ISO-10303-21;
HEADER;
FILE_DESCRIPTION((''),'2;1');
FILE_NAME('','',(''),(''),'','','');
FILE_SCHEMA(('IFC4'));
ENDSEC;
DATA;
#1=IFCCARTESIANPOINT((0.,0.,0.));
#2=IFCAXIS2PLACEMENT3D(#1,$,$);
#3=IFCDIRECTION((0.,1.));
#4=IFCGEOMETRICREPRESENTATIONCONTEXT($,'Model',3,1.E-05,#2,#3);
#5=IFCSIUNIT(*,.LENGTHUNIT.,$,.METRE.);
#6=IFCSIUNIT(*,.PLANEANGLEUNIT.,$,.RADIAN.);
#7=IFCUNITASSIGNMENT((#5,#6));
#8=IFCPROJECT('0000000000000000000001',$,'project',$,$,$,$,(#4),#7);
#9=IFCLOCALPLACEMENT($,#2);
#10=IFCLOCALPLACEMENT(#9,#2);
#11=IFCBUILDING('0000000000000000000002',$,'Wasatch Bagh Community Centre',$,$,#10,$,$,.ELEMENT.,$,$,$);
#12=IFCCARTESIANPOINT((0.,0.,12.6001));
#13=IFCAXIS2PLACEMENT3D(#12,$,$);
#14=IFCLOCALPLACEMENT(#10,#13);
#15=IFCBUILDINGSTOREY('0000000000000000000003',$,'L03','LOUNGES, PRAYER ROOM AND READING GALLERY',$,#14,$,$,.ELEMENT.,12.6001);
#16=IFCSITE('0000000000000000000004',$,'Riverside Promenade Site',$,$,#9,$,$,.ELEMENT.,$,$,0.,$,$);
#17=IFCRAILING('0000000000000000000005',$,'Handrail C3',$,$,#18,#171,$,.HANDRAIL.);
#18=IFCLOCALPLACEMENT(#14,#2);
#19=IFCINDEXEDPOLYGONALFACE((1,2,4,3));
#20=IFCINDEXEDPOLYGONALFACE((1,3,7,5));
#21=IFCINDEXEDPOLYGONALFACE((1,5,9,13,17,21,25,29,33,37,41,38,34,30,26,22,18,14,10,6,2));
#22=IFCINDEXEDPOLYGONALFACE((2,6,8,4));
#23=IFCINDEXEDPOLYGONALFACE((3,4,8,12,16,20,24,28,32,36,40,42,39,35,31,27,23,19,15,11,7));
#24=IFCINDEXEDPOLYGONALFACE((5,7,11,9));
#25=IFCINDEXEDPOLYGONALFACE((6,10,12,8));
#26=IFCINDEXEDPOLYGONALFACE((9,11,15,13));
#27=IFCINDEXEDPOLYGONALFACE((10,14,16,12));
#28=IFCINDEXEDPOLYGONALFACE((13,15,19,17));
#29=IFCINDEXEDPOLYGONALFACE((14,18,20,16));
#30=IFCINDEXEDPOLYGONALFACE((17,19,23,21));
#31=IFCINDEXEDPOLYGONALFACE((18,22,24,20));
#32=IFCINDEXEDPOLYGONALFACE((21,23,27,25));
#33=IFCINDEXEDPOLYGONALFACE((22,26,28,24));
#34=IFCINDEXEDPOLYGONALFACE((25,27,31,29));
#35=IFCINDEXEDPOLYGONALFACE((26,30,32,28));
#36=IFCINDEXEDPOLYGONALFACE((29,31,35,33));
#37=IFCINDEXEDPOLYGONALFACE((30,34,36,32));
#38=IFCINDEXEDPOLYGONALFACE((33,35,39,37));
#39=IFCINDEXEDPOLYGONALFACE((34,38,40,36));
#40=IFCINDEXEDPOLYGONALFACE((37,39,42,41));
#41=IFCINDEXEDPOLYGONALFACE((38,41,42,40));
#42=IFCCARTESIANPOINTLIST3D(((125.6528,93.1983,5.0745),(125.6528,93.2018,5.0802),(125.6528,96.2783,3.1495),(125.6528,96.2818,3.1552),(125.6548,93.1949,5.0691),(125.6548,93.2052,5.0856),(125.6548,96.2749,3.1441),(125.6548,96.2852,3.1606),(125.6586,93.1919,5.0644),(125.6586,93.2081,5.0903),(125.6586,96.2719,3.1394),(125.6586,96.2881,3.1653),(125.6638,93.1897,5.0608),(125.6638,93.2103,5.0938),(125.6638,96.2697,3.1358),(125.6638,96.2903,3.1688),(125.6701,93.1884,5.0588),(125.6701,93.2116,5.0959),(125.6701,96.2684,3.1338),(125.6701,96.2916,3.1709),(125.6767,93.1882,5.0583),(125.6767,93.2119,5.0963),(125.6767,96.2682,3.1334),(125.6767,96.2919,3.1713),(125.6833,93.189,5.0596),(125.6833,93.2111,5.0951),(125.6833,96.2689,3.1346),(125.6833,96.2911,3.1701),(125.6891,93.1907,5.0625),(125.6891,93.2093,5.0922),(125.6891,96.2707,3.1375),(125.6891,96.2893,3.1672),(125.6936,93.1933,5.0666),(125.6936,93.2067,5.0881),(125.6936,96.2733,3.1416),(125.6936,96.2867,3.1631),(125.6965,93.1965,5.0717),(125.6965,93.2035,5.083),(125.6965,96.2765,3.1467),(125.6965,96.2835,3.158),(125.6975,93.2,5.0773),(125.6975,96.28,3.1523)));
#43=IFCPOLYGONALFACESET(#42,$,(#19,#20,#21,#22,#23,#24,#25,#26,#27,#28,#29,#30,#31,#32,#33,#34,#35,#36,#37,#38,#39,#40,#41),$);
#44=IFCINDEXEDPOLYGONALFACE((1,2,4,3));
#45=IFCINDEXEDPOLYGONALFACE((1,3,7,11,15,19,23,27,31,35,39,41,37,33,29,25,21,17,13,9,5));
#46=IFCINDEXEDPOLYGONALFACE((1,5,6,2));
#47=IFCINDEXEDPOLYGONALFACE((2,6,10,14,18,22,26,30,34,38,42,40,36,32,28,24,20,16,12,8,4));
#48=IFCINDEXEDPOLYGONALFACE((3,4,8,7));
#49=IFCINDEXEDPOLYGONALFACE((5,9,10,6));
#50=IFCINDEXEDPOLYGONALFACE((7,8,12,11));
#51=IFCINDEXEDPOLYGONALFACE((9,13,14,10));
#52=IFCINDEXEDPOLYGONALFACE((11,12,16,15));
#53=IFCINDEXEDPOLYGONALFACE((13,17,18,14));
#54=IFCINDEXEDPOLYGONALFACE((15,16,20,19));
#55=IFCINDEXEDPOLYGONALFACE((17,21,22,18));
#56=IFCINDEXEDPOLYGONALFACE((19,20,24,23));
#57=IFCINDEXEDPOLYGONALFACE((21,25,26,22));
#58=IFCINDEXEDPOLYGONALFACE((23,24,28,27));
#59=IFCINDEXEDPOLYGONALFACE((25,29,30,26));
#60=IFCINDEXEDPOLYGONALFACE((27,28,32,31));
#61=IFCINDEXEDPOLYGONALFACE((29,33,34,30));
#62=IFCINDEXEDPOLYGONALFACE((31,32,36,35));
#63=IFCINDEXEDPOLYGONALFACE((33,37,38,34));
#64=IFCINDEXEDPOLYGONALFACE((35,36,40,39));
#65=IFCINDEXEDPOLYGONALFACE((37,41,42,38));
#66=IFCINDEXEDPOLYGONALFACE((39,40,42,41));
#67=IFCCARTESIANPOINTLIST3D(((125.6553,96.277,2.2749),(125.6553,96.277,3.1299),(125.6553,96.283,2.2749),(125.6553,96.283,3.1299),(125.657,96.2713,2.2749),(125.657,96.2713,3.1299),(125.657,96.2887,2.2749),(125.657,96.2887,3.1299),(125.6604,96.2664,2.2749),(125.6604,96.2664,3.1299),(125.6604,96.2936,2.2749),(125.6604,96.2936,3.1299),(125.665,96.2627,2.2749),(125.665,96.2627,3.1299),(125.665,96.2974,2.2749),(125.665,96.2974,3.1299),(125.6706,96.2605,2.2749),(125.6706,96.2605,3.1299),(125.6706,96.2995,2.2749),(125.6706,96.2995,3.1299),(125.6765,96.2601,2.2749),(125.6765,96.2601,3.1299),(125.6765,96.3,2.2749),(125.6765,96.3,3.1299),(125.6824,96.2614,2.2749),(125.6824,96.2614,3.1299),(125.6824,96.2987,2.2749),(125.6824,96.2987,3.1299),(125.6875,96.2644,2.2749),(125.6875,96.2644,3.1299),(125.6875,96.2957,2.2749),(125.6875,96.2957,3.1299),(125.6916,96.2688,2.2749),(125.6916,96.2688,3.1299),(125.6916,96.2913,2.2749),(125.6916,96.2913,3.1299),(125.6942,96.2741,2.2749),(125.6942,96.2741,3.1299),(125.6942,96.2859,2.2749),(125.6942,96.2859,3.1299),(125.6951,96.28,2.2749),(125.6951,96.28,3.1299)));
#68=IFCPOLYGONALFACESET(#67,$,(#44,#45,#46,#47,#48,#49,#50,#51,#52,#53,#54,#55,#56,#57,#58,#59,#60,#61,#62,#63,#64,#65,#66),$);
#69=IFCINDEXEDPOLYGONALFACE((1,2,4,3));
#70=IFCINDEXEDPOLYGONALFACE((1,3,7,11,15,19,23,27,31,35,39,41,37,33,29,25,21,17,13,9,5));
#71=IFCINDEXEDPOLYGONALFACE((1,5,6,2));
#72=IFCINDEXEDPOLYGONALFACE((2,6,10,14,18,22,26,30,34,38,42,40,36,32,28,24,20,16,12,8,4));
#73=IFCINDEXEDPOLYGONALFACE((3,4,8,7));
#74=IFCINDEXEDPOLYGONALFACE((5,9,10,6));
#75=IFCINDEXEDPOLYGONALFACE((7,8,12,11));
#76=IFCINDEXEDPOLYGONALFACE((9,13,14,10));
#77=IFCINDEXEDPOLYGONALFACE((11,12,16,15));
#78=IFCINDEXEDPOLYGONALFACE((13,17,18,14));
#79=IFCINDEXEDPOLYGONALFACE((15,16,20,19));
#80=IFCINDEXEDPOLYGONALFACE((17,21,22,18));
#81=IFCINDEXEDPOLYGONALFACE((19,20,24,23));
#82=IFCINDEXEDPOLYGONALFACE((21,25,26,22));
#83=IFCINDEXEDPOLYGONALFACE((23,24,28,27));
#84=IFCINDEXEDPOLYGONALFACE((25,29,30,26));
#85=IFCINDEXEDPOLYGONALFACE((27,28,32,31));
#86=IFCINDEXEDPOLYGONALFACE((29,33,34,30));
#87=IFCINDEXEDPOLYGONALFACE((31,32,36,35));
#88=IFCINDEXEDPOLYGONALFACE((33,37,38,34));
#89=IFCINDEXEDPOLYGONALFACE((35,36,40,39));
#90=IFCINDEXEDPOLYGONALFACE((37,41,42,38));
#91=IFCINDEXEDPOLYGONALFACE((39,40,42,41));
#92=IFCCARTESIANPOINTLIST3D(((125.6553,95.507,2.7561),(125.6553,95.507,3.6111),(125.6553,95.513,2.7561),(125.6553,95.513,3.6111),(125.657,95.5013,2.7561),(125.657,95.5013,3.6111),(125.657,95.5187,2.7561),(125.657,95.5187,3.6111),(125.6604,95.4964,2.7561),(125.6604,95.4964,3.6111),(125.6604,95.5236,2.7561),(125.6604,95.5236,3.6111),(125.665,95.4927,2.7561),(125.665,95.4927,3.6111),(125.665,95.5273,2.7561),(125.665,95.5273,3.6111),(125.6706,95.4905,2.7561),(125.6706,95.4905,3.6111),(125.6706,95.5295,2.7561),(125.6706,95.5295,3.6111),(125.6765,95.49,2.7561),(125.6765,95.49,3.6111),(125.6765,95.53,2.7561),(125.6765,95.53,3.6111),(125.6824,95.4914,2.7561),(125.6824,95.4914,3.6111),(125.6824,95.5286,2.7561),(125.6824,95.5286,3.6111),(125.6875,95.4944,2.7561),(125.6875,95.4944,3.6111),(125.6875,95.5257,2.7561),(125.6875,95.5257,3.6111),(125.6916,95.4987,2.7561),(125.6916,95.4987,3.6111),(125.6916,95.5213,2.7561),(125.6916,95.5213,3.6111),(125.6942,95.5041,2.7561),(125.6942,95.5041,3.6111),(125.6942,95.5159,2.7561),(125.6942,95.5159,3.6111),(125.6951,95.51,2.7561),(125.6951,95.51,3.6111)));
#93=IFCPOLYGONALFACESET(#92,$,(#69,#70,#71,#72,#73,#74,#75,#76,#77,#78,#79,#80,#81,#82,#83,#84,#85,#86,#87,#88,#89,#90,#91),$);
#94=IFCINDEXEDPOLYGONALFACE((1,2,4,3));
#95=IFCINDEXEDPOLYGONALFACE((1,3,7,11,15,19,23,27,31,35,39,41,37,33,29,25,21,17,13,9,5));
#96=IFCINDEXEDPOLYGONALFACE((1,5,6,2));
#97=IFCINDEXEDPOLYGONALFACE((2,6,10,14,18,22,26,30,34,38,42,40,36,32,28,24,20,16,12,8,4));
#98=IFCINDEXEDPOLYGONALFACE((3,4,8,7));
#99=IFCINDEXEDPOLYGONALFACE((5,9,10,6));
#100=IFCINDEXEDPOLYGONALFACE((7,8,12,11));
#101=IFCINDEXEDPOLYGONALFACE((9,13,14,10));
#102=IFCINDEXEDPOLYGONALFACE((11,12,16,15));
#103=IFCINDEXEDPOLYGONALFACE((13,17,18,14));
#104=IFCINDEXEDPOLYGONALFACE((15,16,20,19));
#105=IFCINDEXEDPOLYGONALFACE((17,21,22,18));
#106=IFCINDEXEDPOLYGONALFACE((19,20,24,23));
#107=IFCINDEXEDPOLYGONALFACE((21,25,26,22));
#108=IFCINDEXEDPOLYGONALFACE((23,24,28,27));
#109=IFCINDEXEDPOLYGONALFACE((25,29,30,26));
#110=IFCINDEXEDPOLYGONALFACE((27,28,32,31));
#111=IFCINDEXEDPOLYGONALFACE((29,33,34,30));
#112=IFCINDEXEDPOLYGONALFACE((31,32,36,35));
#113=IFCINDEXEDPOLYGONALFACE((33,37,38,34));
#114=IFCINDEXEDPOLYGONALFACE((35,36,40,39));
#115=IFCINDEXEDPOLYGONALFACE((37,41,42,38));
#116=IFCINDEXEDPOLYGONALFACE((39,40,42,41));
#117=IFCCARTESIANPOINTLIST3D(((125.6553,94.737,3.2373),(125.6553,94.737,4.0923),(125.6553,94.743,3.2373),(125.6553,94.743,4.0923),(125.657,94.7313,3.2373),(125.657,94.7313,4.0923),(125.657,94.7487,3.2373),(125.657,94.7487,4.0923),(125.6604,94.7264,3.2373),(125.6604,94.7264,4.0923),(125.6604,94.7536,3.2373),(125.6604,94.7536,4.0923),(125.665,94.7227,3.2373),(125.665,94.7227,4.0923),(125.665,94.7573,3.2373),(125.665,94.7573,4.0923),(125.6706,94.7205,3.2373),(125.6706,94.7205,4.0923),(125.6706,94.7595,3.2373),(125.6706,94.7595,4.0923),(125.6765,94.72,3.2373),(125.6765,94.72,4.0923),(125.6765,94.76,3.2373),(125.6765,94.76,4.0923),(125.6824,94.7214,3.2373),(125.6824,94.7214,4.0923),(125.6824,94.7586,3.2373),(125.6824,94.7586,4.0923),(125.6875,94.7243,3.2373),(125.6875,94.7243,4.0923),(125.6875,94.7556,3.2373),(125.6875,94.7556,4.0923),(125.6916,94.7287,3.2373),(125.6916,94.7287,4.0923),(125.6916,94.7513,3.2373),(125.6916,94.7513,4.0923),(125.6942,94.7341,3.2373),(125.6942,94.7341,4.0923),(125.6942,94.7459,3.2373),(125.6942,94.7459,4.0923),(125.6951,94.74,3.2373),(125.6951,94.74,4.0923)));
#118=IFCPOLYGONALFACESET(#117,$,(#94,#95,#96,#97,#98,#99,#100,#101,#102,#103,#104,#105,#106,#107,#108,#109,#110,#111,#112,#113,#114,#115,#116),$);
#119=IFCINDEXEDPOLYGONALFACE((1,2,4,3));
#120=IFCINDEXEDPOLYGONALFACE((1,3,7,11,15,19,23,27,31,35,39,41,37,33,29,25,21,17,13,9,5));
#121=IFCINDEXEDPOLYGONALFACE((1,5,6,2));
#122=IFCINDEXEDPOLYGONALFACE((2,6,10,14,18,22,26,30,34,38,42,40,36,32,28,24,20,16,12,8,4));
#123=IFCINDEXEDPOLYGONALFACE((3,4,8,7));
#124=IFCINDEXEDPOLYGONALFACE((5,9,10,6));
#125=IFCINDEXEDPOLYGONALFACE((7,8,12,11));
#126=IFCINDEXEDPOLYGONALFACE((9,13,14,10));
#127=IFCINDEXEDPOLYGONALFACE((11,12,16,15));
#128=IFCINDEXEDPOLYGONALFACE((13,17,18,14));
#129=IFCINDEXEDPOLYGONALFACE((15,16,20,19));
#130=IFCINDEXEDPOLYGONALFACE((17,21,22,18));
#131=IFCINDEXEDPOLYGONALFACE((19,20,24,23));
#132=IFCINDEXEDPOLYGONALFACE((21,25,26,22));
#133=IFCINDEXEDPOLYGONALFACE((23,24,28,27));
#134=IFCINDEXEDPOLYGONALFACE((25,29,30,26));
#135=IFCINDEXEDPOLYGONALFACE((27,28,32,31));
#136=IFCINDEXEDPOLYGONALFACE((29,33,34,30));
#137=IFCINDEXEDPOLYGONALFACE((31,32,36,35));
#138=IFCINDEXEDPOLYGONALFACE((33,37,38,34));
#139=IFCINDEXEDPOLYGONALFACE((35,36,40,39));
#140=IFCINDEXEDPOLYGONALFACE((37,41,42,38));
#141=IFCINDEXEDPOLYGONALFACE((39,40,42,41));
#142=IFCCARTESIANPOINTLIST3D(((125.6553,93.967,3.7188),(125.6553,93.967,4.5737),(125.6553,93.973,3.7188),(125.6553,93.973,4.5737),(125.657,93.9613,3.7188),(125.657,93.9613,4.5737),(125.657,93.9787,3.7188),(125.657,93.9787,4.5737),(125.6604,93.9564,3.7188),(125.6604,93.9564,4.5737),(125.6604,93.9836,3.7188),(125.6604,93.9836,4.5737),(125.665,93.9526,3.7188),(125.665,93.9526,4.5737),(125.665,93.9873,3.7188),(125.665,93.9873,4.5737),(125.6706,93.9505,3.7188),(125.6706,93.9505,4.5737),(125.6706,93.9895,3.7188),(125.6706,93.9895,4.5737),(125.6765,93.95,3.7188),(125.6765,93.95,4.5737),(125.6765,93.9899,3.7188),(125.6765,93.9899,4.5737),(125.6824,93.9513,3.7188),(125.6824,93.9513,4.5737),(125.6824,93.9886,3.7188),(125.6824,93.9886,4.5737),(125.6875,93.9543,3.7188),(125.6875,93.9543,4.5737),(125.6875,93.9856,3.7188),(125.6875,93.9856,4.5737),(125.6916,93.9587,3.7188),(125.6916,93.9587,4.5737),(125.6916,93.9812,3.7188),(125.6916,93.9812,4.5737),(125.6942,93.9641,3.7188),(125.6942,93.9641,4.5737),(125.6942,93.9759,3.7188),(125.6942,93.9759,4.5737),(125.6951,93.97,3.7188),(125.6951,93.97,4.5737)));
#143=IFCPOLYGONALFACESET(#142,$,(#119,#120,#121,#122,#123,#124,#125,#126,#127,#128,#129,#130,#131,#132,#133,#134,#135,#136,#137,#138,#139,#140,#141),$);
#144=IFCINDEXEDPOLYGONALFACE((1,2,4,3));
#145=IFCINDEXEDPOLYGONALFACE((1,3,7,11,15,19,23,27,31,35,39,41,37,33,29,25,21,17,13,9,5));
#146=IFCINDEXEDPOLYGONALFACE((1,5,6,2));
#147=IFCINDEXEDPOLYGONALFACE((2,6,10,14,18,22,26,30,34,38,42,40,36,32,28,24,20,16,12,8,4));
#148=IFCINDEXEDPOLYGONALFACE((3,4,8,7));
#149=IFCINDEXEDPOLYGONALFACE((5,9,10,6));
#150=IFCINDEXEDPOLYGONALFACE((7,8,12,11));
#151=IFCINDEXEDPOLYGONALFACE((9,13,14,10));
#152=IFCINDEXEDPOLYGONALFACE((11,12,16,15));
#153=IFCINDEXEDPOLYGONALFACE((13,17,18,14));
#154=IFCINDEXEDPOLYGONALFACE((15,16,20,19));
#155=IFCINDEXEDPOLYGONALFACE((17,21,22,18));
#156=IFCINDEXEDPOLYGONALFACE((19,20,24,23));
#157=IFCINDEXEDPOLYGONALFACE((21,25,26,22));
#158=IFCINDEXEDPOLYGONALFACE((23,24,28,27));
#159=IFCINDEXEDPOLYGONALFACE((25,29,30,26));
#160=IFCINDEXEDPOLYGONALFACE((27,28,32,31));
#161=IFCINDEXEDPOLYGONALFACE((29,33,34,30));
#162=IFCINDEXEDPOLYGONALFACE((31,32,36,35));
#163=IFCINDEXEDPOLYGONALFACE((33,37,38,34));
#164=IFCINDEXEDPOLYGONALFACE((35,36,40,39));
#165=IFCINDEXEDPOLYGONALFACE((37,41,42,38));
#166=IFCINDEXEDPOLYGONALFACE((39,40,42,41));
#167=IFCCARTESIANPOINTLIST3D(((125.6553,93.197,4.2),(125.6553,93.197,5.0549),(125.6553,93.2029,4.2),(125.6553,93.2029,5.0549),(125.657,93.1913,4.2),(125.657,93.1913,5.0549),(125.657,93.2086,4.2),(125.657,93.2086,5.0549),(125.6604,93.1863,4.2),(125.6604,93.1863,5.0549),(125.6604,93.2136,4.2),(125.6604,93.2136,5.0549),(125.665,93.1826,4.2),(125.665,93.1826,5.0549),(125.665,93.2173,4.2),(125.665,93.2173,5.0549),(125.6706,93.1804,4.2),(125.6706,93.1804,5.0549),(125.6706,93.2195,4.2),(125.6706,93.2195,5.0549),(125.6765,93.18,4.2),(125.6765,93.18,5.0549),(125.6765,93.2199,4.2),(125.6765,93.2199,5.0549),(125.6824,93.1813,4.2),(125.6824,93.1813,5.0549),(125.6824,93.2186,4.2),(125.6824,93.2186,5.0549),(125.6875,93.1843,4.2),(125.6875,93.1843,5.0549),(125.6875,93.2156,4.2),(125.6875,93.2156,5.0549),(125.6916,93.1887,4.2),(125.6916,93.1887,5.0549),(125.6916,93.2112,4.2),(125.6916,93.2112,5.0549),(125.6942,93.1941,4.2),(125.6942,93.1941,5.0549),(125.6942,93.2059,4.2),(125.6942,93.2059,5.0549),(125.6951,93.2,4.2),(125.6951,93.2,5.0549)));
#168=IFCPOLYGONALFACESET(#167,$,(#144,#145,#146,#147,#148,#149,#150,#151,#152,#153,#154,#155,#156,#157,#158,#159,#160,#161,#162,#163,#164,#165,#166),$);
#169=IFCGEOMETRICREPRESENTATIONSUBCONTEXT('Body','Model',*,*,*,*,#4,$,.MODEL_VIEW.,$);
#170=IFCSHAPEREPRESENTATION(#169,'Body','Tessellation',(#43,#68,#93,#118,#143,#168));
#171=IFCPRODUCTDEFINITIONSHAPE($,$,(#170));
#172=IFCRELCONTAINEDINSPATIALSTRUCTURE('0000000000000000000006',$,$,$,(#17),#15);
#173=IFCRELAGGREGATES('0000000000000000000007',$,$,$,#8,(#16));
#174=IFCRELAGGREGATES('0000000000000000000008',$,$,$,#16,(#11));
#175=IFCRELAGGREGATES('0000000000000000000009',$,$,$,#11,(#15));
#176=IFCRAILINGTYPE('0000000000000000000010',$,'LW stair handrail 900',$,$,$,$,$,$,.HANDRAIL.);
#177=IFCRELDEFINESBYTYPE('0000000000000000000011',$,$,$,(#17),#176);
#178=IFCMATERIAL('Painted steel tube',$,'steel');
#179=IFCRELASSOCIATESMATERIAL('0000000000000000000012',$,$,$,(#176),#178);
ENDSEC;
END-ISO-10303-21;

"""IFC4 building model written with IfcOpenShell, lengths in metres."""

from ifc_helpers import new_model, si_unit, direction, frame, origin, origin_2d, place, context, subcontext, project, spatial, circle, extrude, material, type_object, element, save


model = new_model("IFC4")

# Units and contexts
model_context = context("Model", 3, precision=1e-05, world=origin(), true_north=direction((0.0, 1.0)))
body_context = subcontext(model_context, "Body", "Model", "MODEL_VIEW")
ifc_project = project(units=[si_unit("LENGTHUNIT", "METRE"), si_unit("PLANEANGLEUNIT", "RADIAN")], contexts=[model_context])

# Site, building, storey
site_placement = place(None, origin())
site = spatial("IfcSite", under=ifc_project, at=site_placement, Name="Riverside Promenade Site", CompositionType="ELEMENT", RefElevation=0.0)
building_placement = place(site_placement, origin())
building = spatial("IfcBuilding", under=site, at=building_placement, Name="Wasatch Bagh Community Centre", CompositionType="ELEMENT")
storey_placement = place(building_placement, frame((0.0, 0.0, 12.6001)))
storey = spatial("IfcBuildingStorey", under=building, at=storey_placement, Name="L03", Description="LOUNGES, PRAYER ROOM AND READING GALLERY", CompositionType="ELEMENT", Elevation=12.6001)

# Railing
ifc_material_1 = material(Name="Painted steel tube", Category="steel")
railing_type_1 = type_object("IfcRailingType", Name="LW stair handrail 900", PredefinedType="HANDRAIL", material=ifc_material_1)
for number, where, name in (
    (1, (125.675, 96.28, 2.2749), "Handrail C3"),
):
    element("IfcRailing", number, at=place(storey_placement, frame(where)), inside=storey, type_object=railing_type_1, Name=name, PredefinedType="HANDRAIL", context=body_context, shape_type="SweptSolid", body=[
        extrude(circle(Radius=0.0225, at=origin_2d()), frame((0.0, 0.0, 0.8774), z_axis=(0.0, -0.847998, 0.529999), x_axis=(1.0, 0.0, 0.0)), (0.0, 0.0, 1.0), 3.6321),
        extrude(circle(Radius=0.02, at=origin_2d()), origin(), (0.0, 0.0, 1.0), 0.855),
        extrude(circle(Radius=0.02, at=origin_2d()), frame((0.0, -0.77, 0.4812)), (0.0, 0.0, 1.0), 0.855),
        extrude(circle(Radius=0.02, at=origin_2d()), frame((0.0, -1.54, 0.9624)), (0.0, 0.0, 1.0), 0.855),
        extrude(circle(Radius=0.02, at=origin_2d()), frame((0.0, -2.3101, 1.4438)), (0.0, 0.0, 1.0), 0.855),
        extrude(circle(Radius=0.02, at=origin_2d()), frame((0.0, -3.0801, 1.925)), (0.0, 0.0, 1.0), 0.855),
    ])

save(model, "model.ifc")
